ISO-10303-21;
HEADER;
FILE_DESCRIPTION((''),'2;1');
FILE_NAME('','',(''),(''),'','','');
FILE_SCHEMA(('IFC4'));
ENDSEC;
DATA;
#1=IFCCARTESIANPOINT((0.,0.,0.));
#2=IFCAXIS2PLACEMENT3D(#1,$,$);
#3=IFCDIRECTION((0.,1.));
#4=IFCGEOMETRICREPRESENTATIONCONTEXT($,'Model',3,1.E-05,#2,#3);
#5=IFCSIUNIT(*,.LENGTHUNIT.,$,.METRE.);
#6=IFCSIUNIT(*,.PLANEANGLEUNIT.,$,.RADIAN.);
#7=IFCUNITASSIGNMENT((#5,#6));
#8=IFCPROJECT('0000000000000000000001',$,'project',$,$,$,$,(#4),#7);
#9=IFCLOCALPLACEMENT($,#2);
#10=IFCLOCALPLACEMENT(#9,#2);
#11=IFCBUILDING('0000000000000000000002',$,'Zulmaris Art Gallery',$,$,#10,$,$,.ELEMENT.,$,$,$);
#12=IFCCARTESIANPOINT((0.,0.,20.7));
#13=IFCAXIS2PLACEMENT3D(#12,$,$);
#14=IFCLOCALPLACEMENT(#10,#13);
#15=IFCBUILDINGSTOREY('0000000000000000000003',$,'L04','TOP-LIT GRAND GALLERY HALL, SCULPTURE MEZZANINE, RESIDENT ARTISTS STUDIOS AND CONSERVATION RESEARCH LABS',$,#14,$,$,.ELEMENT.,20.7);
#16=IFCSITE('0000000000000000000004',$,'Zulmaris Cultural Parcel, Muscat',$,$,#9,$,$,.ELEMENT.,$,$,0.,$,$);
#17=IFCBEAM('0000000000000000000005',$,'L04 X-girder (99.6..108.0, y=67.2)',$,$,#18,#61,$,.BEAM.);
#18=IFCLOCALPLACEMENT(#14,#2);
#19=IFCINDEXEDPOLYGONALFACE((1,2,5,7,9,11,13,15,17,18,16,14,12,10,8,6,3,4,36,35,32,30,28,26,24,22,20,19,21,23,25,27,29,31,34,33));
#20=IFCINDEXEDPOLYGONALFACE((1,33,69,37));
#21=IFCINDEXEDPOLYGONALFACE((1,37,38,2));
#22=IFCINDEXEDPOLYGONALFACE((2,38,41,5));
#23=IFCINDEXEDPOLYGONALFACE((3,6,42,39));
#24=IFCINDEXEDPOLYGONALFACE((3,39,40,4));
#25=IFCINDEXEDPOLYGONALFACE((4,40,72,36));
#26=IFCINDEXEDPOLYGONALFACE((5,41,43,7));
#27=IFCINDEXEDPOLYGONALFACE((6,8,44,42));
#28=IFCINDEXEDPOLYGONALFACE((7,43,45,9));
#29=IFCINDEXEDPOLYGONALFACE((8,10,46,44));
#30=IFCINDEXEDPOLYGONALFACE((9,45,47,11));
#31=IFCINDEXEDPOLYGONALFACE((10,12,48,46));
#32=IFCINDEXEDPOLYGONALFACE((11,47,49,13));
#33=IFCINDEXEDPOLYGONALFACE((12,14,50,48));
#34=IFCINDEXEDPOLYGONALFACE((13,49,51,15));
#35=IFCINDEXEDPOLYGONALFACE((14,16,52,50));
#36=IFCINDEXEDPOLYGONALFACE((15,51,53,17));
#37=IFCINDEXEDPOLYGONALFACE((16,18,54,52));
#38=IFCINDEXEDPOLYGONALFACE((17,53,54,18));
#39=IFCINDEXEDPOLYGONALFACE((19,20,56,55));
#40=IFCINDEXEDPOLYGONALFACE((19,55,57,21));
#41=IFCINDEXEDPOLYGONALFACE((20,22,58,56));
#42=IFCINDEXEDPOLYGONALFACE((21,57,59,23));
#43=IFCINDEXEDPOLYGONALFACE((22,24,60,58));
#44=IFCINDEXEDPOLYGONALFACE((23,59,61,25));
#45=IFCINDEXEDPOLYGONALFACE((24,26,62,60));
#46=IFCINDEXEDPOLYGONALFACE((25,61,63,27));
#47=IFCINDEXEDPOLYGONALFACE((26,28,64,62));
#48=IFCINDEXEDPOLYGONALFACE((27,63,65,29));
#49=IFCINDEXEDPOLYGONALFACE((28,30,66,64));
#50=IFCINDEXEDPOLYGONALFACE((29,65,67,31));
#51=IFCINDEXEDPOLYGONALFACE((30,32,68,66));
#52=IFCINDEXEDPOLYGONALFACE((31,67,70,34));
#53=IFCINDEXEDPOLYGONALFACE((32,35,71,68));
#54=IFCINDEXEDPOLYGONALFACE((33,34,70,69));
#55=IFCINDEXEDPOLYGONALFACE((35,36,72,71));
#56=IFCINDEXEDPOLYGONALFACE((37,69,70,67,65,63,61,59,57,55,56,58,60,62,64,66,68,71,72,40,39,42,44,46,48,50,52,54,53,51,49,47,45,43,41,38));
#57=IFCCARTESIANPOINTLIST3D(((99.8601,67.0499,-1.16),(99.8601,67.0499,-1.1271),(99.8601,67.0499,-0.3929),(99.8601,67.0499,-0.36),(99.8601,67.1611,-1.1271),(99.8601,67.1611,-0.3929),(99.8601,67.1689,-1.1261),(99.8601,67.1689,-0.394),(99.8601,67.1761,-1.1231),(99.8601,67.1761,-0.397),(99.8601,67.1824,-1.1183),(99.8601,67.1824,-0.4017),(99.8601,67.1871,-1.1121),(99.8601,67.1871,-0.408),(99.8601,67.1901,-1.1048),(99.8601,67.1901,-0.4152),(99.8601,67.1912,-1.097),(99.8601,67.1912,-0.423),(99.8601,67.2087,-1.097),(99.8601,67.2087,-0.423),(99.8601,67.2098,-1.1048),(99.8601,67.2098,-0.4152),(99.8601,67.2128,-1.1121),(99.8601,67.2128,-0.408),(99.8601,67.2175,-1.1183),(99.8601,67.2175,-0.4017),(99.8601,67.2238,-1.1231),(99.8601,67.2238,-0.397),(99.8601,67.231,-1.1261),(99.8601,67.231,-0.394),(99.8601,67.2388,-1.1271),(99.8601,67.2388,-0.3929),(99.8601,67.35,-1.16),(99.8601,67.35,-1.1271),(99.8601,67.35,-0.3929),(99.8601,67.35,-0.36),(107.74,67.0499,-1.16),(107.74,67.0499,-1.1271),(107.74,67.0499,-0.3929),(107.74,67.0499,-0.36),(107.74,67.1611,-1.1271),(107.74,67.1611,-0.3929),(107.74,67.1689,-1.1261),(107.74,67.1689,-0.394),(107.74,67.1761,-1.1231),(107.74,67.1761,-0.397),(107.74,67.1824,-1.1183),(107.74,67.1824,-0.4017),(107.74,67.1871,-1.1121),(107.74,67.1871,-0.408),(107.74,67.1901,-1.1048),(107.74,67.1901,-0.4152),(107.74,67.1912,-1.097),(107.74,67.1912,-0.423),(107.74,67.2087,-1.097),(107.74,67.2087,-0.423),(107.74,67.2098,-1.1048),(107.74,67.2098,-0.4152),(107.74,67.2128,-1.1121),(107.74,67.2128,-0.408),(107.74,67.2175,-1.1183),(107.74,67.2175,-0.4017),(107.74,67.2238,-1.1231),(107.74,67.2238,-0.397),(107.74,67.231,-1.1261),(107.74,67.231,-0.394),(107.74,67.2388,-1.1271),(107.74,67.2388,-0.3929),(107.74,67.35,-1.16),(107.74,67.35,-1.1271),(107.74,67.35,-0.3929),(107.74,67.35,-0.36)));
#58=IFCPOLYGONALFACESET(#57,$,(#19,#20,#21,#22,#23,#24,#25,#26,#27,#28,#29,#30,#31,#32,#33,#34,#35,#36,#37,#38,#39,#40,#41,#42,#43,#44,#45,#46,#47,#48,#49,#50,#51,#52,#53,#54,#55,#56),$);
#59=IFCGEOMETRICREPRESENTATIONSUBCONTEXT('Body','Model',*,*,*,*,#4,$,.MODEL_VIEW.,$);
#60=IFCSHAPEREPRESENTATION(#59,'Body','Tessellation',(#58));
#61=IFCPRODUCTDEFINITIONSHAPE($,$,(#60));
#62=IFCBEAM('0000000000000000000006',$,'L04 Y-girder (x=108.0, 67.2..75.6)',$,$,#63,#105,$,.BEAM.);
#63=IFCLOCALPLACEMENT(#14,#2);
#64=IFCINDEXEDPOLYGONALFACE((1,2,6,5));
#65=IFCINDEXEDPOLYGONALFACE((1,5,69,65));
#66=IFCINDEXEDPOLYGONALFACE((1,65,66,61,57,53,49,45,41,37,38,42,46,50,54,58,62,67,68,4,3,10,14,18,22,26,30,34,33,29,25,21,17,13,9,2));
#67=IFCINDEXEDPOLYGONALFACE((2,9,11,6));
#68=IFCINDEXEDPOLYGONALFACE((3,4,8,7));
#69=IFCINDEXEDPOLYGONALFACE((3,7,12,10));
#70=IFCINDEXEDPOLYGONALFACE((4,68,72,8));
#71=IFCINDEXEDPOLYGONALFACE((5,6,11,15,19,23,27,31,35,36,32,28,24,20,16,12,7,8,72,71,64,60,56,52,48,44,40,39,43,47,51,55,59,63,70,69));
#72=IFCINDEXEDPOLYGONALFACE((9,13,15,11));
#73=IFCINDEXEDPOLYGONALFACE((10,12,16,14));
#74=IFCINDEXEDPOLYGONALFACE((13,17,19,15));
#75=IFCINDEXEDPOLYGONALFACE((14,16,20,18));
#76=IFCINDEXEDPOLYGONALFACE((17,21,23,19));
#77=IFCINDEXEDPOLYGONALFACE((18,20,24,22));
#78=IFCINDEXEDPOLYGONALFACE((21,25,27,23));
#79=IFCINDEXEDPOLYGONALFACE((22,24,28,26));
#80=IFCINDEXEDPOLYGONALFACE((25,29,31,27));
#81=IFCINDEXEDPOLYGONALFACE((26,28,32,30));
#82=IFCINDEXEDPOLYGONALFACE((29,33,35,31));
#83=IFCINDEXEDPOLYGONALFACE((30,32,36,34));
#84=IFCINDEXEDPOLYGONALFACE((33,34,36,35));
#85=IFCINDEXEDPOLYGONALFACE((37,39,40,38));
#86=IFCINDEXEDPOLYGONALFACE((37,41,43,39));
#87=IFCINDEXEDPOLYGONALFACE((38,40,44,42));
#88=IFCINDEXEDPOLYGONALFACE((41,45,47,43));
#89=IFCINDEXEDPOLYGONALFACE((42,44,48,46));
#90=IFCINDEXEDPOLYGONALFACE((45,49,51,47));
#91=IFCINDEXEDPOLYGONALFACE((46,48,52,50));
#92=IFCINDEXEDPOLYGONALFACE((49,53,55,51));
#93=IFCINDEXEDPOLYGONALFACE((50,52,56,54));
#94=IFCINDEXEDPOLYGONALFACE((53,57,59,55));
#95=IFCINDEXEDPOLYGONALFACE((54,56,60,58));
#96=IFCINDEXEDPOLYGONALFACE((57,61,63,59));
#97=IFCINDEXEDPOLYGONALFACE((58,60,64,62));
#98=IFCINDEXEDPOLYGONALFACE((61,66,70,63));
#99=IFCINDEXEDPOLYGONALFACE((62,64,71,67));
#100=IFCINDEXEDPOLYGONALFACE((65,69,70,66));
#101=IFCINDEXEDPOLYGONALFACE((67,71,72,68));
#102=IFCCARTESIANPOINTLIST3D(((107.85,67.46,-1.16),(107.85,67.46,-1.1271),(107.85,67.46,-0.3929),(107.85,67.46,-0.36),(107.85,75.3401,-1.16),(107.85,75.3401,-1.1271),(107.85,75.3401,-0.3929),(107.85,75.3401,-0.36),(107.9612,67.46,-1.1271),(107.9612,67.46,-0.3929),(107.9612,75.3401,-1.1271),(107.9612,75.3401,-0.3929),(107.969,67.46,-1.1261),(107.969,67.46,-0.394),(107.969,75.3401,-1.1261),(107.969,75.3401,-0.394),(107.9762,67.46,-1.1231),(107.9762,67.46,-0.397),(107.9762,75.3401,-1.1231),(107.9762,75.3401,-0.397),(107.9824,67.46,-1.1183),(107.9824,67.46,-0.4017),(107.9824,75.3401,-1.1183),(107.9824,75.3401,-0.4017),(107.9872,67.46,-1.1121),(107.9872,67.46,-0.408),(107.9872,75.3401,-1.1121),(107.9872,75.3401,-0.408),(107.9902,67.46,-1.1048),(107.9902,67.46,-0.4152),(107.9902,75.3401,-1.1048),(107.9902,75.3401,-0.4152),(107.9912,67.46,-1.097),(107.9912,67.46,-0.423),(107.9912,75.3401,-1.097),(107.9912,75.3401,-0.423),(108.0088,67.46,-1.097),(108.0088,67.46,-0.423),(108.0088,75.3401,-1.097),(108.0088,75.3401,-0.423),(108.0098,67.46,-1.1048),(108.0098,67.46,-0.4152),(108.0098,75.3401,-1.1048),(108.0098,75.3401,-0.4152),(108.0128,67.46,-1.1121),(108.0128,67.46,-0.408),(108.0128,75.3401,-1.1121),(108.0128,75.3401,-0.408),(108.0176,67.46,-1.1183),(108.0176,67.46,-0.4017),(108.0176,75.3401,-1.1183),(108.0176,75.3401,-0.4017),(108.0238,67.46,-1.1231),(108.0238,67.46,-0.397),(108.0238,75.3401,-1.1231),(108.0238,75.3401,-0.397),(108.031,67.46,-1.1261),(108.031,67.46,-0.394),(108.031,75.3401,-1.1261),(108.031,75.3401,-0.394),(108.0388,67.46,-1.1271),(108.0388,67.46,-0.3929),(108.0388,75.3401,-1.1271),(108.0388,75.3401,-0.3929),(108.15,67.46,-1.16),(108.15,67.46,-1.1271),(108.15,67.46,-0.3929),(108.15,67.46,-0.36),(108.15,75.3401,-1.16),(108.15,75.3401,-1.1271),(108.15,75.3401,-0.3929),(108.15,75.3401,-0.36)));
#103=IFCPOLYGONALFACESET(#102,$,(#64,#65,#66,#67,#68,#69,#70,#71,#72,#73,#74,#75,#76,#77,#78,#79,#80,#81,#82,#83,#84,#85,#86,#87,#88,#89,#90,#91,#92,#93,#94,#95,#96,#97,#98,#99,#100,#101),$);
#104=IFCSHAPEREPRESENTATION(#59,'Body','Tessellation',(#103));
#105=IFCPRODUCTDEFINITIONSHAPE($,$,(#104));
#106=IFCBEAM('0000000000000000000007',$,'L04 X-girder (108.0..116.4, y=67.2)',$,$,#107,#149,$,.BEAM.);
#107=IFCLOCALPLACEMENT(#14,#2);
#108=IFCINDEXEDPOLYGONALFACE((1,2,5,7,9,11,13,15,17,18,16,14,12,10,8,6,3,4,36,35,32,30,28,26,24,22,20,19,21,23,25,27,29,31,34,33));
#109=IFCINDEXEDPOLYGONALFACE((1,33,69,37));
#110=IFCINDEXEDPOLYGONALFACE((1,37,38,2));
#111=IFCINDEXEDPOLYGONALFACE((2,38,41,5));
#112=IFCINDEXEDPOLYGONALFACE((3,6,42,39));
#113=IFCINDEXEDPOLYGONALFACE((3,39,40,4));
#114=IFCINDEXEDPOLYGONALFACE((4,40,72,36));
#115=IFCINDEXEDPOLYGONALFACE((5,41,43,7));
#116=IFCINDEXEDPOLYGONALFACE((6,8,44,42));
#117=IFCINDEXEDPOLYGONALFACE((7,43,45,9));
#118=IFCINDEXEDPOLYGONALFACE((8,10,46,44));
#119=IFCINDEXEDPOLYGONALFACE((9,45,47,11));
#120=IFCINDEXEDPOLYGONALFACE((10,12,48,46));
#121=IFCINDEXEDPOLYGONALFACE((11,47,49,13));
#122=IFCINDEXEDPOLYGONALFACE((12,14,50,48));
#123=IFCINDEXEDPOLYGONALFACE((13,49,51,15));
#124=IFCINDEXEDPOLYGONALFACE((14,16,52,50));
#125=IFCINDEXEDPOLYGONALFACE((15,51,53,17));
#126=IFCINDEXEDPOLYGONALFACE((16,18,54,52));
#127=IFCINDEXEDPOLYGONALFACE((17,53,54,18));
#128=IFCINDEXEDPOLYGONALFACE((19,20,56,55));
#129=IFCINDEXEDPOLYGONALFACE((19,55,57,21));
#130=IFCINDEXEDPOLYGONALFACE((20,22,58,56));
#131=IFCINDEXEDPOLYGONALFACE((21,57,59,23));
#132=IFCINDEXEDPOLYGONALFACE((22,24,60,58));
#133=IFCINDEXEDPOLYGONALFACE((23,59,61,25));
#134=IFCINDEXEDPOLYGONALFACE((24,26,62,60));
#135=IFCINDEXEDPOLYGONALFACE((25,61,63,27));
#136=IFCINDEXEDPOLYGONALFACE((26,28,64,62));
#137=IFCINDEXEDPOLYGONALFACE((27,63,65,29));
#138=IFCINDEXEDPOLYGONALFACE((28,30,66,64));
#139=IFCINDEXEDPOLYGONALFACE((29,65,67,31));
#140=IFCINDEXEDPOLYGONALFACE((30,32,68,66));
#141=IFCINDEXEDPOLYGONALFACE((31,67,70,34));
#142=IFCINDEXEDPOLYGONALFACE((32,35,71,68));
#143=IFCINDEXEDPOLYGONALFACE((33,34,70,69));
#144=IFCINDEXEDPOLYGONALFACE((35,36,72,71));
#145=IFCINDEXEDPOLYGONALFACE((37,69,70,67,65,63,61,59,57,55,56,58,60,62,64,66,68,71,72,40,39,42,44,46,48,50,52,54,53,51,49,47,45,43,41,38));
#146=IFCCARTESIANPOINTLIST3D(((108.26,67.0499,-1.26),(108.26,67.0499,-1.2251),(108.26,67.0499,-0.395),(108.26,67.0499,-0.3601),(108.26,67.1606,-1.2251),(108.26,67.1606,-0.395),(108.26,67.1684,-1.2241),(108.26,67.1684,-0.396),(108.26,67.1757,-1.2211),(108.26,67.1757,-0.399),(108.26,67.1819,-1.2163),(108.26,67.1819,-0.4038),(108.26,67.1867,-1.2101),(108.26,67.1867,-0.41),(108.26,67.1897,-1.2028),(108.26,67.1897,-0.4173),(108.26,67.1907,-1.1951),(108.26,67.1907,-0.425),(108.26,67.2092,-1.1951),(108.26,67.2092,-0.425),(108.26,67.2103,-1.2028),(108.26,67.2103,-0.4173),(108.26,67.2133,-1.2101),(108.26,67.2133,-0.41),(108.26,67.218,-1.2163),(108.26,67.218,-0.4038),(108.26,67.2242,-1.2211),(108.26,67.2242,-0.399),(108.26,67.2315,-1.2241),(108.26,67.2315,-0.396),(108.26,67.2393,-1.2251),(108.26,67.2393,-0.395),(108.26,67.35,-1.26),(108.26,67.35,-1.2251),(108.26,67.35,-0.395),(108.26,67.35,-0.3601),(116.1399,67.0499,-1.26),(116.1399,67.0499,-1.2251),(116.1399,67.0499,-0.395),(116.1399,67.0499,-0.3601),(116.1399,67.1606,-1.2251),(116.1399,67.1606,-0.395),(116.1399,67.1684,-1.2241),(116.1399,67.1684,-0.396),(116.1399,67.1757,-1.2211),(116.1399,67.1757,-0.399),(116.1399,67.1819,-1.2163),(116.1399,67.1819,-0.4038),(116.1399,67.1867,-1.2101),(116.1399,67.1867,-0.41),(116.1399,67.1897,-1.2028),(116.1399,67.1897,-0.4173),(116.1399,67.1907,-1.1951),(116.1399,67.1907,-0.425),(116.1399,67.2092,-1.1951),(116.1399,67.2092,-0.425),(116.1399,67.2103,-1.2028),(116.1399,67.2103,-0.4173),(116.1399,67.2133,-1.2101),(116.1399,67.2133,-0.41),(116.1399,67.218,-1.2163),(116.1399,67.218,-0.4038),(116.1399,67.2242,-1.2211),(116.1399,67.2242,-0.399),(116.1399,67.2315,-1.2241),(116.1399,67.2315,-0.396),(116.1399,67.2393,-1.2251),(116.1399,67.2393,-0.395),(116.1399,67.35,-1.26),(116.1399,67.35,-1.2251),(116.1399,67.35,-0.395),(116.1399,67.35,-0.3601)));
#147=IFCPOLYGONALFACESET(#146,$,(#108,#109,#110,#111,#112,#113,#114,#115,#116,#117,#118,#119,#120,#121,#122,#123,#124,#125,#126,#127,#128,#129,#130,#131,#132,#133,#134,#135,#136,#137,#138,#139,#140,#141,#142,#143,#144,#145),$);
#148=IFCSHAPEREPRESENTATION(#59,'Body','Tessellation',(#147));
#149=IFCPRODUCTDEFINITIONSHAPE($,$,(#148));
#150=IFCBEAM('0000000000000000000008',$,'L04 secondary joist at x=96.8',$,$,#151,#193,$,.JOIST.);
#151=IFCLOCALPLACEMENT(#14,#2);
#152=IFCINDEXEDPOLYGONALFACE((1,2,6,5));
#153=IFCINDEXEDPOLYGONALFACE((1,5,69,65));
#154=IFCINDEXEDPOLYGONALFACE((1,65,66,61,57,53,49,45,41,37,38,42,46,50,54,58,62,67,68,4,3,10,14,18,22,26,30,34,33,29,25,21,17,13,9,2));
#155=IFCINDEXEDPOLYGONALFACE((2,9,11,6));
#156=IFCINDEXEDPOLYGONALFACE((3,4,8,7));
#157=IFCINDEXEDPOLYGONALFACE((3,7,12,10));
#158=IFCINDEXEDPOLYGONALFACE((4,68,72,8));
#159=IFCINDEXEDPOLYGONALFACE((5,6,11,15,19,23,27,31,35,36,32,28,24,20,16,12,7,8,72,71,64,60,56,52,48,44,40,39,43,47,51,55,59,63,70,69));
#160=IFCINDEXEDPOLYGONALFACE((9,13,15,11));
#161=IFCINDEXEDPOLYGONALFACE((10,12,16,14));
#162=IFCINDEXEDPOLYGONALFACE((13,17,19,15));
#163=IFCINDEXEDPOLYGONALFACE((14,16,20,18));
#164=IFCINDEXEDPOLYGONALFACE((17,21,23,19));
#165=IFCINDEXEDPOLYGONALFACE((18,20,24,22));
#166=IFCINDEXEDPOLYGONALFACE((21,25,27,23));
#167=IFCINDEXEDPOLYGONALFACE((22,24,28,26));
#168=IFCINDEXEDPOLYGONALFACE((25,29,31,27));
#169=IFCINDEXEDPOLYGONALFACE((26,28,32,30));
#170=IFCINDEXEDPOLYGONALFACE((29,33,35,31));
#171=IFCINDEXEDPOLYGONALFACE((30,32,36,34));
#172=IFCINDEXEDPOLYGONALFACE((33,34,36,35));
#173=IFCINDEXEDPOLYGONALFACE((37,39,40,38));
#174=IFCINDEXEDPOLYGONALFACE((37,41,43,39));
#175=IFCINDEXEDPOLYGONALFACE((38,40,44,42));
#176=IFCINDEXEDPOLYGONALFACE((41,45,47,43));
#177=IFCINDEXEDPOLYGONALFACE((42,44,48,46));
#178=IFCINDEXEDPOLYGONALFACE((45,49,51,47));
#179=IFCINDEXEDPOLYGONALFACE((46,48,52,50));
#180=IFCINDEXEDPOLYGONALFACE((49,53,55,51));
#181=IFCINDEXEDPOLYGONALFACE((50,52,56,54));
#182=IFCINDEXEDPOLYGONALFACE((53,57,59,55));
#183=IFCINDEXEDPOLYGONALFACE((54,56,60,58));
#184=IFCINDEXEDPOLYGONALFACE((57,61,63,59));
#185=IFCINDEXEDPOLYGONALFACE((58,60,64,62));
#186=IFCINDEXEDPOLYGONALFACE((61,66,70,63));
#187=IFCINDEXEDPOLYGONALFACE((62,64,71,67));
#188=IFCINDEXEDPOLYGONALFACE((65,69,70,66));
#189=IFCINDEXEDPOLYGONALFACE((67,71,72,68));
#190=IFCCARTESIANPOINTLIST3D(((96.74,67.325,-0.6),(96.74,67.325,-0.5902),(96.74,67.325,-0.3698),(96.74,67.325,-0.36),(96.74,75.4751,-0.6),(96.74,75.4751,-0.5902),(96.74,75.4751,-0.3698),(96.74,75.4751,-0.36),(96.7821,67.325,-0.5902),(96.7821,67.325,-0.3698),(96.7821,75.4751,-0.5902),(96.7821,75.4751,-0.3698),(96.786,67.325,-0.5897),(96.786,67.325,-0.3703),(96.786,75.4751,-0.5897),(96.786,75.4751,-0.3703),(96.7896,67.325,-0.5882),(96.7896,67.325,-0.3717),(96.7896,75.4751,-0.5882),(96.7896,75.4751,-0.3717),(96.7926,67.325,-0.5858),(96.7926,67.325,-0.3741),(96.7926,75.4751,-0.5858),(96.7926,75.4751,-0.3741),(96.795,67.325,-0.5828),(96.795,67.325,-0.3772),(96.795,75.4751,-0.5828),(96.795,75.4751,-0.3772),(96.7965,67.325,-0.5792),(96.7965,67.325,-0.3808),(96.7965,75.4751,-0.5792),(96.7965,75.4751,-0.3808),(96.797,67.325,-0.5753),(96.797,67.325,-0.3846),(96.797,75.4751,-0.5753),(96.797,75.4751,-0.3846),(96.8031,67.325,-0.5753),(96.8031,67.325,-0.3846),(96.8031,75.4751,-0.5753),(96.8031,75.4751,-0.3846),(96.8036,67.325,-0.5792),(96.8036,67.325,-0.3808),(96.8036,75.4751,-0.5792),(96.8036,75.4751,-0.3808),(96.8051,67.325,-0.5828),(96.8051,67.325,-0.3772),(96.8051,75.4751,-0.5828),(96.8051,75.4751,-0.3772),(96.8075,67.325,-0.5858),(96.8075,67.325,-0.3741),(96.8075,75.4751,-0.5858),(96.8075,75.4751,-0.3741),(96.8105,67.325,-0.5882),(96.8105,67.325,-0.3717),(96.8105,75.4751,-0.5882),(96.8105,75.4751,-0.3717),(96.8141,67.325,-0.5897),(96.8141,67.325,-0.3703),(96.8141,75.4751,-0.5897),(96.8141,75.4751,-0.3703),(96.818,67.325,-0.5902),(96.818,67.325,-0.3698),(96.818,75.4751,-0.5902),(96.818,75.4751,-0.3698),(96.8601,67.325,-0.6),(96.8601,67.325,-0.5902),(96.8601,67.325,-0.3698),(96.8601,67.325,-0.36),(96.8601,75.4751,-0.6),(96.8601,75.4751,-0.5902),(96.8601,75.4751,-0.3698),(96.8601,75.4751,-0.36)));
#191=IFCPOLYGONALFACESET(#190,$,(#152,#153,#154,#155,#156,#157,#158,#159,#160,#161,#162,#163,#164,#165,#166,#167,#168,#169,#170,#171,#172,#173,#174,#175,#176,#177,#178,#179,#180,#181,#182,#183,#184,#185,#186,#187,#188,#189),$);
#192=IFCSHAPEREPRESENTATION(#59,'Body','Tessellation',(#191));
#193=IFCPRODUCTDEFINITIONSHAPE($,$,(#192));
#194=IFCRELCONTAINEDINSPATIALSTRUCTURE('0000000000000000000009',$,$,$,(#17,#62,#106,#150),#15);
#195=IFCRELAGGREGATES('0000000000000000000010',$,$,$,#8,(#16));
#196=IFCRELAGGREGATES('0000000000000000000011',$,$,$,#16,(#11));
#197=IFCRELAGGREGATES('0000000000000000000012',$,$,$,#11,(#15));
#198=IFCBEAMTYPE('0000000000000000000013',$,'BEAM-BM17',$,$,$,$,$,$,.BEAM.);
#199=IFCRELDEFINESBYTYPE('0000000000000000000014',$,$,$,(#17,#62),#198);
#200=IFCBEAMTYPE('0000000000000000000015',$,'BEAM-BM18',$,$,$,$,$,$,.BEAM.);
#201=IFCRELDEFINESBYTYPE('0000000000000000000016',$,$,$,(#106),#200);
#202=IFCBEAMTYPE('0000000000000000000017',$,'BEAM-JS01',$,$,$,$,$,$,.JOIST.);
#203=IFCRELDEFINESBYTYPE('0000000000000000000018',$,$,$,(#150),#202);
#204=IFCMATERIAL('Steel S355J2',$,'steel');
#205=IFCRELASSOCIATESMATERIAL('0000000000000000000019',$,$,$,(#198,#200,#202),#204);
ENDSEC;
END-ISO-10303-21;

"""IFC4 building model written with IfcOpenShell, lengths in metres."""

from ifc_helpers import new_model, si_unit, direction, frame, origin, origin_2d, place, context, subcontext, project, spatial, i_section, extrude, material, material_profile, profile_set, type_object, element, save


model = new_model("IFC4")

# Units and contexts
model_context = context("Model", 3, precision=1e-05, world=origin(), true_north=direction((0.0, 1.0)))
body_context = subcontext(model_context, "Body", "Model", "MODEL_VIEW")
ifc_project = project(units=[si_unit("LENGTHUNIT", "METRE"), si_unit("PLANEANGLEUNIT", "RADIAN")], contexts=[model_context])

# Site, building, storey
site_placement = place(None, origin())
site = spatial("IfcSite", under=ifc_project, at=site_placement, Name="Zulmaris Cultural Parcel, Muscat", CompositionType="ELEMENT", RefElevation=0.0)
building_placement = place(site_placement, origin())
building = spatial("IfcBuilding", under=site, at=building_placement, Name="Zulmaris Art Gallery", CompositionType="ELEMENT")
storey_placement = place(building_placement, frame((0.0, 0.0, 20.7)))
storey = spatial("IfcBuildingStorey", under=building, at=storey_placement, Name="L04", Description="TOP-LIT GRAND GALLERY HALL, SCULPTURE MEZZANINE, RESIDENT ARTISTS STUDIOS AND CONSERVATION RESEARCH LABS", CompositionType="ELEMENT", Elevation=20.7)

# Beams
ifc_material_1 = material(Name="Steel S355J2", Category="steel")
ifc_material_profile_1 = material_profile(ifc_material_1, i_section(OverallWidth=0.3, OverallDepth=0.8, WebThickness=0.0176, FlangeThickness=0.033, FilletRadius=0.03, at=origin_2d()), Name="HEB 800")
ifc_profile_set_1 = profile_set([ifc_material_profile_1], Name="Steel S355J2")
beam_type_1 = type_object("IfcBeamType", Name="BEAM-BM17", PredefinedType="BEAM", material=ifc_profile_set_1)
beam_1_placement = place(storey_placement, frame((99.8601, 67.2, -0.76), z_axis=(1.0, 0.0, 0.0), x_axis=(0.0, 1.0, 0.0)))
element("IfcBeam", 1, at=beam_1_placement, inside=storey, type_object=beam_type_1, Name="L04 X-girder (99.6..108.0, y=67.2)", PredefinedType="BEAM", context=body_context, shape_type="SweptSolid", body=[
    extrude(i_section(OverallWidth=0.3, OverallDepth=0.8, WebThickness=0.0176, FlangeThickness=0.033, FilletRadius=0.03, at=origin_2d()), origin(), (0.0, 0.0, 1.0), 7.8799),
])
beam_2_placement = place(storey_placement, frame((108.0, 67.46, -0.76), z_axis=(0.0, 1.0, 0.0), x_axis=(-1.0, 0.0, 0.0)))
element("IfcBeam", 2, at=beam_2_placement, inside=storey, type_object=beam_type_1, Name="L04 Y-girder (x=108.0, 67.2..75.6)", PredefinedType="BEAM", context=body_context, shape_type="SweptSolid", body=[
    extrude(i_section(OverallWidth=0.3, OverallDepth=0.8, WebThickness=0.0176, FlangeThickness=0.033, FilletRadius=0.03, at=origin_2d()), origin(), (0.0, 0.0, 1.0), 7.8801),
])
ifc_material_profile_2 = material_profile(ifc_material_1, i_section(OverallWidth=0.3, OverallDepth=0.8999, WebThickness=0.0186, FlangeThickness=0.0349, FilletRadius=0.03, at=origin_2d()), Name="HEB 900")
ifc_profile_set_2 = profile_set([ifc_material_profile_2], Name="Steel S355J2")
beam_type_2 = type_object("IfcBeamType", Name="BEAM-BM18", PredefinedType="BEAM", material=ifc_profile_set_2)
beam_3_placement = place(storey_placement, frame((108.26, 67.2, -0.8101), z_axis=(1.0, 0.0, 0.0), x_axis=(0.0, 1.0, 0.0)))
element("IfcBeam", 3, at=beam_3_placement, inside=storey, type_object=beam_type_2, Name="L04 X-girder (108.0..116.4, y=67.2)", PredefinedType="BEAM", context=body_context, shape_type="SweptSolid", body=[
    extrude(i_section(OverallWidth=0.3, OverallDepth=0.8999, WebThickness=0.0186, FlangeThickness=0.0349, FilletRadius=0.03, at=origin_2d()), origin(), (0.0, 0.0, 1.0), 7.8799),
])
ifc_material_profile_3 = material_profile(ifc_material_1, i_section(OverallWidth=0.1201, OverallDepth=0.24, WebThickness=0.0061, FlangeThickness=0.0098, FilletRadius=0.0149, at=origin_2d()), Name="IPE 240")
ifc_profile_set_3 = profile_set([ifc_material_profile_3], Name="Steel S355J2")
beam_type_3 = type_object("IfcBeamType", Name="BEAM-JS01", PredefinedType="JOIST", material=ifc_profile_set_3)
beam_4_placement = place(storey_placement, frame((96.8, 67.325, -0.48), z_axis=(0.0, 1.0, 0.0), x_axis=(-1.0, 0.0, 0.0)))
element("IfcBeam", 4, at=beam_4_placement, inside=storey, type_object=beam_type_3, Name="L04 secondary joist at x=96.8", PredefinedType="JOIST", context=body_context, shape_type="SweptSolid", body=[
    extrude(i_section(OverallWidth=0.1201, OverallDepth=0.24, WebThickness=0.0061, FlangeThickness=0.0098, FilletRadius=0.0149, at=origin_2d()), origin(), (0.0, 0.0, 1.0), 8.1501),
])

save(model, "model.ifc")
